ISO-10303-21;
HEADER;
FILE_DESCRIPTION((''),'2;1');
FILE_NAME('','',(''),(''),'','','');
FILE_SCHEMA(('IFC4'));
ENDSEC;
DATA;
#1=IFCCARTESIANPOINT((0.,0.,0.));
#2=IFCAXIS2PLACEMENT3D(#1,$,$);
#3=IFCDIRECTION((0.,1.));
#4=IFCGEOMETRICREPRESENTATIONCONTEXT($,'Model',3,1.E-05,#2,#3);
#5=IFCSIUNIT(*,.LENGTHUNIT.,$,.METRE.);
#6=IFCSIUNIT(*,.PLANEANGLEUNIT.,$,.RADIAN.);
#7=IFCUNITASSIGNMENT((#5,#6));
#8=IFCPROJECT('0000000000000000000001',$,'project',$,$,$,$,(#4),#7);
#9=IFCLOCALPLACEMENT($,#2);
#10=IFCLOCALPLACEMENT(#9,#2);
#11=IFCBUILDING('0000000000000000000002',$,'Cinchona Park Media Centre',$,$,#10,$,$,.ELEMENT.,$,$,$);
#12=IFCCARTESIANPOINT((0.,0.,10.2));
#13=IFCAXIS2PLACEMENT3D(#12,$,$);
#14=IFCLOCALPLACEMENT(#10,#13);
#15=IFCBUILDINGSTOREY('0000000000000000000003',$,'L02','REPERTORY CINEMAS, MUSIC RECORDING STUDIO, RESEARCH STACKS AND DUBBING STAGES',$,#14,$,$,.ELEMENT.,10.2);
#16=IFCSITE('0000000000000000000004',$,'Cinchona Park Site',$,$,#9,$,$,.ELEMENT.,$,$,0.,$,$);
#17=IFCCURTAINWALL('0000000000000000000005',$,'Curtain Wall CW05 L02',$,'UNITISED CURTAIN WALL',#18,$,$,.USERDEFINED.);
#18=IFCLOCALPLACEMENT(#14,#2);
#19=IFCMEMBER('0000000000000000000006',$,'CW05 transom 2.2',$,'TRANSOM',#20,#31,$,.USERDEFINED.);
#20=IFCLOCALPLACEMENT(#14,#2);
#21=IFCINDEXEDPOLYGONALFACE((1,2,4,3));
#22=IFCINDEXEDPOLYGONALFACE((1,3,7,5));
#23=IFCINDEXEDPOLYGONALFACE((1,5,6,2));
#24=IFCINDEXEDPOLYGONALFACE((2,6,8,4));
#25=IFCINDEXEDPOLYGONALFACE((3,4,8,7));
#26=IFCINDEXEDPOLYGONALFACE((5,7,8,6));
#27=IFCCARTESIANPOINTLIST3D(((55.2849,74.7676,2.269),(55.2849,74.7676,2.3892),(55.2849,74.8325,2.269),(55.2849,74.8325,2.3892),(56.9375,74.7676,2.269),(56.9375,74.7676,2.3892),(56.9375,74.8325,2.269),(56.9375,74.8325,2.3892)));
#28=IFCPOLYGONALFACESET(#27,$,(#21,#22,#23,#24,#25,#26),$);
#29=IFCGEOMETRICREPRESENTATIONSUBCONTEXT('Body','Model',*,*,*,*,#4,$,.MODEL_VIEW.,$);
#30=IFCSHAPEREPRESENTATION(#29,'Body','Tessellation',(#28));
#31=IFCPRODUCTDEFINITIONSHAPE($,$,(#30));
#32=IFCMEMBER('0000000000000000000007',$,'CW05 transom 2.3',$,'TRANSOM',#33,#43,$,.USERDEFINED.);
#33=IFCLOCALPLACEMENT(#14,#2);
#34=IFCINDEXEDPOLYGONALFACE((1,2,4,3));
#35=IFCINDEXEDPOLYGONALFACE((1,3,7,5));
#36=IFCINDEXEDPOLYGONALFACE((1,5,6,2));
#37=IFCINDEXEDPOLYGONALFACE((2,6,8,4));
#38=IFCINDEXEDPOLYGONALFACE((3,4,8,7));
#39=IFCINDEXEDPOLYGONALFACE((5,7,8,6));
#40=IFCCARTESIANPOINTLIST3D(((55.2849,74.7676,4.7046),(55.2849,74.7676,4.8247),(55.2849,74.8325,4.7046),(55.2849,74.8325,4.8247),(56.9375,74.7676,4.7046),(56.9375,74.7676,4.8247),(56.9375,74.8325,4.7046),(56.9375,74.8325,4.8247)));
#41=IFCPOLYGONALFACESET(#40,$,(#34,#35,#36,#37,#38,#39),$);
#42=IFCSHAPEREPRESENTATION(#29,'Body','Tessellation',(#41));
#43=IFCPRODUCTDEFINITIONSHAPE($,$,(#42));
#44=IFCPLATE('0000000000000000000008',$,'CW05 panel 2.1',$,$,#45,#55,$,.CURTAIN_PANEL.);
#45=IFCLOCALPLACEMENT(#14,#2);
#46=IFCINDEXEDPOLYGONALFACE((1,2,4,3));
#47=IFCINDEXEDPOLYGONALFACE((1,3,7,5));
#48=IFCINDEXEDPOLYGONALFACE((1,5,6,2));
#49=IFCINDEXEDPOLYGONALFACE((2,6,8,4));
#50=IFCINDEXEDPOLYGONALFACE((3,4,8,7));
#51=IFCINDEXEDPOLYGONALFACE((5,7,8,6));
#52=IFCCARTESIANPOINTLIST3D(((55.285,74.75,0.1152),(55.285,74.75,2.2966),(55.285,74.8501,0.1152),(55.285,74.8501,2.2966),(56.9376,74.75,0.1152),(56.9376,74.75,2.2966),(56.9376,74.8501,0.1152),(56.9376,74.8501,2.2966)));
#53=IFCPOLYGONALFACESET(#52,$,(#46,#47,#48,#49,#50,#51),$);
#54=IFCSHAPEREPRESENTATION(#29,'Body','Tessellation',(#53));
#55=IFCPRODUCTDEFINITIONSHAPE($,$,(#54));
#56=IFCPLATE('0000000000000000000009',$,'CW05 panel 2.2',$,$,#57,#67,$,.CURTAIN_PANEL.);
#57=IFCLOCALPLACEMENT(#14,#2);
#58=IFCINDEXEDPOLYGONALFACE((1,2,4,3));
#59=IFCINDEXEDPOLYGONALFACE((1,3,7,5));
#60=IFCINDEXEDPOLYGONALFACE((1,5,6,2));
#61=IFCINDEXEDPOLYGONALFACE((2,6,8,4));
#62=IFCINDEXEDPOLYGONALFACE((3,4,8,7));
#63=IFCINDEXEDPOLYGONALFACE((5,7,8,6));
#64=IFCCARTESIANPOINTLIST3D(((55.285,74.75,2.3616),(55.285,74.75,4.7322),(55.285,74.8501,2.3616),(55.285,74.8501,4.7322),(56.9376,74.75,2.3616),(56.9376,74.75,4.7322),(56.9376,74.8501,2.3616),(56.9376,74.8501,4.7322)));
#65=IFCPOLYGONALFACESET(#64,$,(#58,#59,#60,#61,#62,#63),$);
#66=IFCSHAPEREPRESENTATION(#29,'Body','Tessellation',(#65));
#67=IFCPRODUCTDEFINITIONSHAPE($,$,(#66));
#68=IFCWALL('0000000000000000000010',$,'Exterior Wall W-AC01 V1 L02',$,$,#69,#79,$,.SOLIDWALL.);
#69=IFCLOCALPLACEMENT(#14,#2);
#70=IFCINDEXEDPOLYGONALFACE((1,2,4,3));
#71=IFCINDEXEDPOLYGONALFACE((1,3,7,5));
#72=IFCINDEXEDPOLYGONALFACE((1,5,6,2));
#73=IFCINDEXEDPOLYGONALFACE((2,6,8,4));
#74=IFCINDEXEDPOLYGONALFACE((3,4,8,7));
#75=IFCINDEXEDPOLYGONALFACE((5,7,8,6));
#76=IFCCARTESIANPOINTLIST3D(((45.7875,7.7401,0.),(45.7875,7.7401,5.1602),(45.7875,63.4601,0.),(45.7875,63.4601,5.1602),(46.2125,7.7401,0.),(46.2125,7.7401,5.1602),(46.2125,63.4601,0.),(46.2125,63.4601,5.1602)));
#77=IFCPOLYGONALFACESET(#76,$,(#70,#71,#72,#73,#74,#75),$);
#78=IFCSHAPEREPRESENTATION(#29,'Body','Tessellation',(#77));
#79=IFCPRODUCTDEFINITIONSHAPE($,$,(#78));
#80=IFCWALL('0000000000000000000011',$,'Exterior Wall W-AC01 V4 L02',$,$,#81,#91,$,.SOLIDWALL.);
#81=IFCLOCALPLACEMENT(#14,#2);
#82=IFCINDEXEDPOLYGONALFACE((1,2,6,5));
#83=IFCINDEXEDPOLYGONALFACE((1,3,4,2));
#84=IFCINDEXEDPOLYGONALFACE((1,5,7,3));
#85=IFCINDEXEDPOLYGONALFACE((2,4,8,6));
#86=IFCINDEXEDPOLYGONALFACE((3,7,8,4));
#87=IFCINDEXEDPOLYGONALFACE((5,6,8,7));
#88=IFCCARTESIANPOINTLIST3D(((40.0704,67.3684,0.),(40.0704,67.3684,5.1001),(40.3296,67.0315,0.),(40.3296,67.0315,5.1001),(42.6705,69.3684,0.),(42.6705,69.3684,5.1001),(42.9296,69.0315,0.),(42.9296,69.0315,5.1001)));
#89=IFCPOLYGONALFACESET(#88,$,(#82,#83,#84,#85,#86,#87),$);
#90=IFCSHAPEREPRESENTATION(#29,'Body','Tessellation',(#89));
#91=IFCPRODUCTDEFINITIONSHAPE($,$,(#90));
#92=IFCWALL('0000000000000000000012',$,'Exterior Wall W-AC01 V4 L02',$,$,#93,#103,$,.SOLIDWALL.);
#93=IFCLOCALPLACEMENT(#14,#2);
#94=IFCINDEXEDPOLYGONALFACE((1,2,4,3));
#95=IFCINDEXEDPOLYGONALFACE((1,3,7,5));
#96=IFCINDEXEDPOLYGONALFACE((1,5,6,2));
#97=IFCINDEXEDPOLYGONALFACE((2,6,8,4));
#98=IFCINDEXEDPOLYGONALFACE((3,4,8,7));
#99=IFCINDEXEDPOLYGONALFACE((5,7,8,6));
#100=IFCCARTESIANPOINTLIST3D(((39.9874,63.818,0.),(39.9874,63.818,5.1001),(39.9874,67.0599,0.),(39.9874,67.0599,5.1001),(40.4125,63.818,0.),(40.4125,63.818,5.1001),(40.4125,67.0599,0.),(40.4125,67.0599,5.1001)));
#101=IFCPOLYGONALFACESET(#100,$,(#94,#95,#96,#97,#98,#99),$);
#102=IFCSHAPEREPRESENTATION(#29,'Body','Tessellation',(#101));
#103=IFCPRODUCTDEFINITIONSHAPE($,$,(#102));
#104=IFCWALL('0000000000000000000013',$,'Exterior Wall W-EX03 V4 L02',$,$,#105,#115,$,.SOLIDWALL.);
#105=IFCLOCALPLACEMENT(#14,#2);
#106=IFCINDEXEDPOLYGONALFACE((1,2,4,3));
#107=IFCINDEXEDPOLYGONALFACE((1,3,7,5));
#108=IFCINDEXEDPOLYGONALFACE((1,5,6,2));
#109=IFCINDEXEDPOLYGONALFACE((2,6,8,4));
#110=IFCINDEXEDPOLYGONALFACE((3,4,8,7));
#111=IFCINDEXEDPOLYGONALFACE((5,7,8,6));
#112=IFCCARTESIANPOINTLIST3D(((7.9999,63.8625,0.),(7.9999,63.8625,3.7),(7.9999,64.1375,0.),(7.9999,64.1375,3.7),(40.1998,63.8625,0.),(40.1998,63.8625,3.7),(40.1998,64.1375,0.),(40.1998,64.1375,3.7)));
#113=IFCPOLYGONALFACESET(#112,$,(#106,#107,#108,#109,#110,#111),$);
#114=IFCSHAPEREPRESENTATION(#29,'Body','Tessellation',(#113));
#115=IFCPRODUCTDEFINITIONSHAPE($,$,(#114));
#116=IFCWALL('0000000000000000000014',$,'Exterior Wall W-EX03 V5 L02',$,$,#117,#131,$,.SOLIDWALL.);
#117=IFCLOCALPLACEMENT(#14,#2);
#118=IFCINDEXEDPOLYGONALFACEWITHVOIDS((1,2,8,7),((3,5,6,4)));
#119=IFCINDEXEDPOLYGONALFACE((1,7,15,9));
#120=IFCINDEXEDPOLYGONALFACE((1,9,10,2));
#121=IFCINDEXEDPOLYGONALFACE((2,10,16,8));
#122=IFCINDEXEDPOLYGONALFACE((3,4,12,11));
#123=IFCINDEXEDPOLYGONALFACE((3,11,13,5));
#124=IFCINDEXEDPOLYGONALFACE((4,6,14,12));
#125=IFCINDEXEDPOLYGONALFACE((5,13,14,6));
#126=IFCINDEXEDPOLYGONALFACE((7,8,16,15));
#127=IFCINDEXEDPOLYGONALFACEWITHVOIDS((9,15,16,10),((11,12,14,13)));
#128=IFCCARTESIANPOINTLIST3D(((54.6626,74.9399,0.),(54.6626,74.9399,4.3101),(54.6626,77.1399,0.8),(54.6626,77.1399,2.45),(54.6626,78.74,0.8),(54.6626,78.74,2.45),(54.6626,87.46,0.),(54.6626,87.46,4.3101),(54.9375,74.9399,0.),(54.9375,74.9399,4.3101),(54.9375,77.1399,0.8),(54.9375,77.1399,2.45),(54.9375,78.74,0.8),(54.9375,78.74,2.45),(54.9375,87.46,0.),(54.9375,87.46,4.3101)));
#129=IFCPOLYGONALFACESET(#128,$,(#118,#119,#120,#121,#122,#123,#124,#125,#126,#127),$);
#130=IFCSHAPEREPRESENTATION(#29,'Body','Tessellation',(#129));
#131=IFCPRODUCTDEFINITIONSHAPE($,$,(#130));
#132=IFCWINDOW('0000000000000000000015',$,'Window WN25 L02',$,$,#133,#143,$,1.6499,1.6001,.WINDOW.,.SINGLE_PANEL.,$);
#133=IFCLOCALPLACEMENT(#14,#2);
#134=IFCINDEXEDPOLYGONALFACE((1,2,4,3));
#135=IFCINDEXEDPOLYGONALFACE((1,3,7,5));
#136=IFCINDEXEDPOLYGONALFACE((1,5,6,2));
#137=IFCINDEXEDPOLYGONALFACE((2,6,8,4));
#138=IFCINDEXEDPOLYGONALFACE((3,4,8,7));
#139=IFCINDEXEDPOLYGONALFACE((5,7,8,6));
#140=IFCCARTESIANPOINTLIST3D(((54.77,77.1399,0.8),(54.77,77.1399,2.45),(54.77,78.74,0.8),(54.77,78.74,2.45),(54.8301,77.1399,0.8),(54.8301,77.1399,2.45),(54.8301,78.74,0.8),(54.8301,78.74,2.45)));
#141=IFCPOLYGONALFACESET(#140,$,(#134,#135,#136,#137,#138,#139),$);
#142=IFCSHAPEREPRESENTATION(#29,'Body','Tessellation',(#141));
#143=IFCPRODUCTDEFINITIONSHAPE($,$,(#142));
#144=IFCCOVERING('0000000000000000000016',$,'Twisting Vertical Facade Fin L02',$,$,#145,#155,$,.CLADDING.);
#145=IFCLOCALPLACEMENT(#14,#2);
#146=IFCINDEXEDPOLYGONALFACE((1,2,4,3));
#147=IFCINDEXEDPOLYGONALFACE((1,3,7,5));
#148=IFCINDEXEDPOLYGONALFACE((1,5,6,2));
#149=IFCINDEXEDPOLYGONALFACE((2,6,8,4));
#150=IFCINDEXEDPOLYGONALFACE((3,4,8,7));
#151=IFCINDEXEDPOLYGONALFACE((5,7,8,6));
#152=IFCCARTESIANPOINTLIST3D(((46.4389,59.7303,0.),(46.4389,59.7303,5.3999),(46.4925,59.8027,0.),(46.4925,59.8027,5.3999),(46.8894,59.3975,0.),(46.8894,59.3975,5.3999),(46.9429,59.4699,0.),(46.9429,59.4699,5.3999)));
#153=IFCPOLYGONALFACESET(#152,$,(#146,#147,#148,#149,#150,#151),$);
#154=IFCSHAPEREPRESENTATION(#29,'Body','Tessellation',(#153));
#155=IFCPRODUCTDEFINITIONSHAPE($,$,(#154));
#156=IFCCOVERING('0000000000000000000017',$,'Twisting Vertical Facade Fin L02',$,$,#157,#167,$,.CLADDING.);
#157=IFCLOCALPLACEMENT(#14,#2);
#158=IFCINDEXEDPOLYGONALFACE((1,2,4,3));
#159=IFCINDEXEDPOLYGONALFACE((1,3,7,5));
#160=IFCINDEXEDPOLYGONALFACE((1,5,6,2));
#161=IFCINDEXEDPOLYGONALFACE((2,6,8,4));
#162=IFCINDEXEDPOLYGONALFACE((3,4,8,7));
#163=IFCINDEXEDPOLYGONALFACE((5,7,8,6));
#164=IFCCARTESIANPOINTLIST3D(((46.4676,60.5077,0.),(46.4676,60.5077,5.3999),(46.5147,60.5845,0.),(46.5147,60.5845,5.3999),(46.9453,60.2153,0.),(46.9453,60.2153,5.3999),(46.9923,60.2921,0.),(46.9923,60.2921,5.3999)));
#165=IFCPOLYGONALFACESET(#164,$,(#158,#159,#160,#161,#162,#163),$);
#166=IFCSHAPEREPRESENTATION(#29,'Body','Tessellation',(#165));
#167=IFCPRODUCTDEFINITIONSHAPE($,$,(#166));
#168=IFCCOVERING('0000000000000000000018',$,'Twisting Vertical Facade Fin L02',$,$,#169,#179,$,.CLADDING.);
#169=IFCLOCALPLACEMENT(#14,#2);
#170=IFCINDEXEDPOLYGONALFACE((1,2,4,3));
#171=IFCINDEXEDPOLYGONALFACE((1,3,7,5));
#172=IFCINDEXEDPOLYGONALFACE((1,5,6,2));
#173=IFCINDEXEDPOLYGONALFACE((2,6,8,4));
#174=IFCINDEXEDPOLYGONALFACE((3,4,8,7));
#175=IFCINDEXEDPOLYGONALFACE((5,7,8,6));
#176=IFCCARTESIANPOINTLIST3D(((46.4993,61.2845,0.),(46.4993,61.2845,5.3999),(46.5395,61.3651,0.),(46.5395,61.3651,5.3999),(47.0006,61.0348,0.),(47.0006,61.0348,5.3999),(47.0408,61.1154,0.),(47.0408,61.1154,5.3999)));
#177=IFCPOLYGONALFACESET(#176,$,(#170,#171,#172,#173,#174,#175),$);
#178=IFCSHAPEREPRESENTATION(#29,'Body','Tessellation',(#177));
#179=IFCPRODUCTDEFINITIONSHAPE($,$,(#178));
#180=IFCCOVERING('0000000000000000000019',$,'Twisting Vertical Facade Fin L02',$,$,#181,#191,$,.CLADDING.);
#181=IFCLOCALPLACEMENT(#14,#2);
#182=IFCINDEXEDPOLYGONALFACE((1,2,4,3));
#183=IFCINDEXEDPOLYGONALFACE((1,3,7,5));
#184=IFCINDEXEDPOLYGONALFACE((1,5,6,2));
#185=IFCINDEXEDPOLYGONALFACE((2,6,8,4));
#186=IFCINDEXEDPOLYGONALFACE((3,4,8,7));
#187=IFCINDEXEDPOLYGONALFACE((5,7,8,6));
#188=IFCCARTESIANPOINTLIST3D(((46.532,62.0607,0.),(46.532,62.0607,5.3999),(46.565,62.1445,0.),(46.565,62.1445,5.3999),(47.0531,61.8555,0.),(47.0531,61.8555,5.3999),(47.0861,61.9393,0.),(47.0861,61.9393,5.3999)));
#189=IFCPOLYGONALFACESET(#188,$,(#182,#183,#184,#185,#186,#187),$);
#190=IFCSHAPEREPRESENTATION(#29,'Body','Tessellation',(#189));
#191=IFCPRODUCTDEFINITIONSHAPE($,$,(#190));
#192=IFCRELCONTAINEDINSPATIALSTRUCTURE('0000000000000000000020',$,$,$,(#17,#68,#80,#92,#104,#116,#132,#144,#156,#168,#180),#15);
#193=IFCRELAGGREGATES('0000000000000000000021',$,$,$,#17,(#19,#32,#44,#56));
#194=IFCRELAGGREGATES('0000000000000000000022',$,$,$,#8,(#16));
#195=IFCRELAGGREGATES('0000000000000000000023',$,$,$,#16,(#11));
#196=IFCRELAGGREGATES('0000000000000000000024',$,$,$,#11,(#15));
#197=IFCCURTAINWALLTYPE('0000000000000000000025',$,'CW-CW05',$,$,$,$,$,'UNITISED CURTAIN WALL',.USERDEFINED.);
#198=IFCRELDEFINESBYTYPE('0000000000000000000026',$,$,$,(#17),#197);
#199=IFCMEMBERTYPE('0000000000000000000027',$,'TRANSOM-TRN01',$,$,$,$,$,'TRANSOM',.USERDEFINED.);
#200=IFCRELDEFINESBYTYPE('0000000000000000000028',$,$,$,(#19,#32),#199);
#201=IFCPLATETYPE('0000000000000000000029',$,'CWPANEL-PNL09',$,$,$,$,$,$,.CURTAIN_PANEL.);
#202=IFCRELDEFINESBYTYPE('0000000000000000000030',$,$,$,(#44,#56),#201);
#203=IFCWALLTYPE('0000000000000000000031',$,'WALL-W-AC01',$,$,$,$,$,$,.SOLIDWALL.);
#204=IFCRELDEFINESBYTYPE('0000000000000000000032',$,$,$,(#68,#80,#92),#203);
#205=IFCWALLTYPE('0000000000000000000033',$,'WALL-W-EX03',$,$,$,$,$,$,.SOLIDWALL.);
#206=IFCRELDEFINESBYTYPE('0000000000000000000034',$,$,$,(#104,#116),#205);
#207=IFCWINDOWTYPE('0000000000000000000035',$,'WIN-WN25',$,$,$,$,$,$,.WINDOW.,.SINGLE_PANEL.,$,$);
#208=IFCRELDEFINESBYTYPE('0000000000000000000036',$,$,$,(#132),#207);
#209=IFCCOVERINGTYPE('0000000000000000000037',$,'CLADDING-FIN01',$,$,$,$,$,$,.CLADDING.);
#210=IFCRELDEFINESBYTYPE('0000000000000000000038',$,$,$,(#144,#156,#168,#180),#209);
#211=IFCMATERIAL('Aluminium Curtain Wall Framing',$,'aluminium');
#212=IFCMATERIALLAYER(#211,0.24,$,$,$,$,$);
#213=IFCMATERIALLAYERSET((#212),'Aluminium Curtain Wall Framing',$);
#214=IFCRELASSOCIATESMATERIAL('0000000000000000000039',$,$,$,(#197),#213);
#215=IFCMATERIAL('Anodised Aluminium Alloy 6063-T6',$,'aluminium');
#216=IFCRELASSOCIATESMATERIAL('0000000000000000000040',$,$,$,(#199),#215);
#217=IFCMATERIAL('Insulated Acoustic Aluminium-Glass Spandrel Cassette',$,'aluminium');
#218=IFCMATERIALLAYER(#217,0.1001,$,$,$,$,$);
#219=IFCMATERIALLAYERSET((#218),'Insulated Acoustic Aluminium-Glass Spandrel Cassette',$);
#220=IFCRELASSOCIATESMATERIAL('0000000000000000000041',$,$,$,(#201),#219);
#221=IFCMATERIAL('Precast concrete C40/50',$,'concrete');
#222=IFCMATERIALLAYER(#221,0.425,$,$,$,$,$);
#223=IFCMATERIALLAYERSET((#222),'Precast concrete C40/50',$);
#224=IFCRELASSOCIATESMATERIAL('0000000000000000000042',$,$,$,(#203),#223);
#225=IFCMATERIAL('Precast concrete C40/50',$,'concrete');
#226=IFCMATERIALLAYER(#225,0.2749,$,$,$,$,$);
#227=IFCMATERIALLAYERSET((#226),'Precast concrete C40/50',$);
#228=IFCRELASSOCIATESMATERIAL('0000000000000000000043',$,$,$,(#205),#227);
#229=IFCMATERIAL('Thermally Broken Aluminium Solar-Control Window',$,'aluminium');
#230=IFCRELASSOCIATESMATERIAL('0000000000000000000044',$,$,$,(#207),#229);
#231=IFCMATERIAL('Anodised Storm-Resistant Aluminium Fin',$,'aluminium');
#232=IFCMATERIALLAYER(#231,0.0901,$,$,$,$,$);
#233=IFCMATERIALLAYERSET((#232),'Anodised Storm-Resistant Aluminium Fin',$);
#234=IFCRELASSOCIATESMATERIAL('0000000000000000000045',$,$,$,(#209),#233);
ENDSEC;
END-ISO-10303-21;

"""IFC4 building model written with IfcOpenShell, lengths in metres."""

from ifc_helpers import new_model, si_unit, direction, frame, frame_2d, origin, origin_2d, place, context, subcontext, project, spatial, rectangle, extrude, material, layer, layer_set, material_profile, profile_set, type_object, element, fill, aggregate, save


model = new_model("IFC4")

# Units and contexts
model_context = context("Model", 3, precision=1e-05, world=origin(), true_north=direction((0.0, 1.0)))
body_context = subcontext(model_context, "Body", "Model", "MODEL_VIEW")
ifc_project = project(units=[si_unit("LENGTHUNIT", "METRE"), si_unit("PLANEANGLEUNIT", "RADIAN")], contexts=[model_context])

# Site, building, storey
site_placement = place(None, origin())
site = spatial("IfcSite", under=ifc_project, at=site_placement, Name="Cinchona Park Site", CompositionType="ELEMENT", RefElevation=0.0)
building_placement = place(site_placement, origin())
building = spatial("IfcBuilding", under=site, at=building_placement, Name="Cinchona Park Media Centre", CompositionType="ELEMENT")
storey_placement = place(building_placement, frame((0.0, 0.0, 10.2)))
storey = spatial("IfcBuildingStorey", under=building, at=storey_placement, Name="L02", Description="REPERTORY CINEMAS, MUSIC RECORDING STUDIO, RESEARCH STACKS AND DUBBING STAGES", CompositionType="ELEMENT", Elevation=10.2)

# Curtain wall, members, plates
ifc_material_1 = material(Name="Aluminium Curtain Wall Framing", Category="aluminium")
ifc_layer_1 = layer(ifc_material_1, 0.24)
ifc_layer_set_1 = layer_set([ifc_layer_1], Name="Aluminium Curtain Wall Framing")
curtain_wall_type = type_object("IfcCurtainWallType", Name="CW-CW05", ElementType="UNITISED CURTAIN WALL", PredefinedType="USERDEFINED", material=ifc_layer_set_1)
curtain_wall_placement = place(storey_placement, origin())
curtain_wall = element("IfcCurtainWall", 1, at=curtain_wall_placement, inside=storey, type_object=curtain_wall_type, Name="Curtain Wall CW05 L02", ObjectType="UNITISED CURTAIN WALL", PredefinedType="USERDEFINED")
ifc_material_2 = material(Name="Anodised Aluminium Alloy 6063-T6", Category="aluminium")
ifc_material_profile_1 = material_profile(ifc_material_2, rectangle(XDim=0.0649, YDim=0.1201, at=origin_2d()), Name="TRN-65X120")
ifc_profile_set_1 = profile_set([ifc_material_profile_1], Name="Anodised Aluminium Alloy 6063-T6")
member_type_1 = type_object("IfcMemberType", Name="TRANSOM-TRN01", ElementType="TRANSOM", PredefinedType="USERDEFINED", material=ifc_profile_set_1)
member_1_placement = place(storey_placement, frame((56.9375, 74.8, 2.3291), z_axis=(-1.0, 0.0, 0.0), x_axis=(0.0, -1.0, 0.0)))
member_1 = element("IfcMember", 2, at=member_1_placement, type_object=member_type_1, Name="CW05 transom 2.2", ObjectType="TRANSOM", PredefinedType="USERDEFINED", context=body_context, shape_type="SweptSolid", body=[
    extrude(rectangle(XDim=0.0649, YDim=0.1201, at=origin_2d()), origin(), (0.0, 0.0, 1.0), 1.6526),
])
member_2_placement = place(storey_placement, frame((56.9375, 74.8, 4.7646), z_axis=(-1.0, 0.0, 0.0), x_axis=(0.0, -1.0, 0.0)))
member_2 = element("IfcMember", 3, at=member_2_placement, type_object=member_type_1, Name="CW05 transom 2.3", ObjectType="TRANSOM", PredefinedType="USERDEFINED", context=body_context, shape_type="SweptSolid", body=[
    extrude(rectangle(XDim=0.0649, YDim=0.1201, at=origin_2d()), origin(), (0.0, 0.0, 1.0), 1.6526),
])
ifc_material_3 = material(Name="Insulated Acoustic Aluminium-Glass Spandrel Cassette", Category="aluminium")
ifc_layer_2 = layer(ifc_material_3, 0.1001)
ifc_layer_set_2 = layer_set([ifc_layer_2], Name="Insulated Acoustic Aluminium-Glass Spandrel Cassette")
plate_type = type_object("IfcPlateType", Name="CWPANEL-PNL09", PredefinedType="CURTAIN_PANEL", material=ifc_layer_set_2)
plate_1_placement = place(storey_placement, frame((56.1113, 74.8, 0.1152), z_axis=(0.0, 0.0, 1.0), x_axis=(-1.0, 0.0, 0.0)))
plate_1 = element("IfcPlate", 4, at=plate_1_placement, type_object=plate_type, Name="CW05 panel 2.1", PredefinedType="CURTAIN_PANEL", context=body_context, shape_type="SweptSolid", body=[
    extrude(rectangle(XDim=1.6526, YDim=0.1001, at=origin_2d()), origin(), (0.0, 0.0, 1.0), 2.1814),
])
plate_2_placement = place(storey_placement, frame((56.1113, 74.8, 2.3616), z_axis=(0.0, 0.0, 1.0), x_axis=(-1.0, 0.0, 0.0)))
plate_2 = element("IfcPlate", 5, at=plate_2_placement, type_object=plate_type, Name="CW05 panel 2.2", PredefinedType="CURTAIN_PANEL", context=body_context, shape_type="SweptSolid", body=[
    extrude(rectangle(XDim=1.6526, YDim=0.1001, at=origin_2d()), origin(), (0.0, 0.0, 1.0), 2.3706),
])
aggregate(curtain_wall, [member_1, member_2, plate_1, plate_2])

# Walls
ifc_material_4 = material(Name="Precast concrete C40/50", Category="concrete")
ifc_layer_3 = layer(ifc_material_4, 0.425)
ifc_layer_set_3 = layer_set([ifc_layer_3], Name="Precast concrete C40/50")
wall_type_1 = type_object("IfcWallType", Name="WALL-W-AC01", PredefinedType="SOLIDWALL", material=ifc_layer_set_3)
wall_1_placement = place(storey_placement, frame((46.0, 63.46, 0.0), z_axis=(0.0, 0.0, 1.0), x_axis=(0.0, -1.0, 0.0)))
element("IfcWall", 6, at=wall_1_placement, inside=storey, type_object=wall_type_1, Name="Exterior Wall W-AC01 V1 L02", PredefinedType="SOLIDWALL", context=body_context, shape_type="SweptSolid", body=[
    extrude(rectangle(XDim=55.72, YDim=0.425, at=frame_2d((27.8599, 0.0))), origin(), (0.0, 0.0, 1.0), 5.1602),
])
wall_2_placement = place(storey_placement, frame((42.8, 69.2, 0.0), z_axis=(0.0, 0.0, 1.0), x_axis=(-0.792635, -0.609696, 0.0)))
element("IfcWall", 7, at=wall_2_placement, inside=storey, type_object=wall_type_1, Name="Exterior Wall W-AC01 V4 L02", PredefinedType="SOLIDWALL", context=body_context, shape_type="SweptSolid", body=[
    extrude(rectangle(XDim=3.2803, YDim=0.425, at=frame_2d((1.6401, 0.0))), origin(), (0.0, 0.0, 1.0), 5.1001),
])
wall_3_placement = place(storey_placement, frame((40.2, 67.0601, 0.0), z_axis=(0.0, 0.0, 1.0), x_axis=(0.0, -1.0, 0.0)))
element("IfcWall", 8, at=wall_3_placement, inside=storey, type_object=wall_type_1, Name="Exterior Wall W-AC01 V4 L02", PredefinedType="SOLIDWALL", context=body_context, shape_type="SweptSolid", body=[
    extrude(rectangle(XDim=3.2419, YDim=0.425, at=frame_2d((1.6211, 0.0))), origin(), (0.0, 0.0, 1.0), 5.1001),
])
ifc_material_5 = material(Name="Precast concrete C40/50", Category="concrete")
ifc_layer_4 = layer(ifc_material_5, 0.2749)
ifc_layer_set_4 = layer_set([ifc_layer_4], Name="Precast concrete C40/50")
wall_type_2 = type_object("IfcWallType", Name="WALL-W-EX03", PredefinedType="SOLIDWALL", material=ifc_layer_set_4)
wall_4_placement = place(storey_placement, frame((40.2, 64.0, 0.0), z_axis=(0.0, 0.0, 1.0), x_axis=(-1.0, 0.0, 0.0)))
element("IfcWall", 9, at=wall_4_placement, inside=storey, type_object=wall_type_2, Name="Exterior Wall W-EX03 V4 L02", PredefinedType="SOLIDWALL", context=body_context, shape_type="SweptSolid", body=[
    extrude(rectangle(XDim=32.2, YDim=0.2749, at=frame_2d((16.1001, 0.0))), origin(), (0.0, 0.0, 1.0), 3.7),
])

# Wall, opening, window
wall_5_placement = place(storey_placement, frame((54.8, 74.9399, 0.0), z_axis=(0.0, 0.0, 1.0), x_axis=(0.0, 1.0, 0.0)))
wall_5 = element("IfcWall", 10, at=wall_5_placement, inside=storey, type_object=wall_type_2, Name="Exterior Wall W-EX03 V5 L02", PredefinedType="SOLIDWALL", context=body_context, shape_type="SweptSolid", body=[
    extrude(rectangle(XDim=12.52, YDim=0.2749, at=frame_2d((6.26, 0.0))), origin(), (0.0, 0.0, 1.0), 4.3101),
])
opening_placement = place(wall_5_placement, frame((2.2, 0.0, 0.8)))
opening = element("IfcOpeningElement", 11, at=opening_placement, cuts=wall_5, PredefinedType="OPENING", context=body_context, shape_type="SweptSolid", body=[
    extrude(rectangle(XDim=1.6001, YDim=1.6499, at=frame_2d((0.8, 0.825))), frame((0.0, 0.1475, 0.0), z_axis=(0.0, -1.0, 0.0), x_axis=(1.0, 0.0, 0.0)), (0.0, 0.0, 1.0), 0.2949),
])
ifc_material_6 = material(Name="Thermally Broken Aluminium Solar-Control Window", Category="aluminium")
window_type = type_object("IfcWindowType", Name="WIN-WN25", PartitioningType="SINGLE_PANEL", PredefinedType="WINDOW", material=ifc_material_6)
window_placement = place(opening_placement, origin())
window = element("IfcWindow", 12, at=window_placement, inside=storey, type_object=window_type, Name="Window WN25 L02", OverallHeight=1.6499, OverallWidth=1.6001, PartitioningType="SINGLE_PANEL", PredefinedType="WINDOW", context=body_context, shape_type="SweptSolid", body=[
    extrude(rectangle(XDim=1.6001, YDim=1.6499, at=frame_2d((0.8, 0.825))), frame((0.0, 0.03, 0.0), z_axis=(0.0, -1.0, 0.0), x_axis=(1.0, 0.0, 0.0)), (0.0, 0.0, 1.0), 0.0601),
])
fill(opening, window)

# Coverings
ifc_material_7 = material(Name="Anodised Storm-Resistant Aluminium Fin", Category="aluminium")
ifc_layer_5 = layer(ifc_material_7, 0.0901)
ifc_layer_set_5 = layer_set([ifc_layer_5], Name="Anodised Storm-Resistant Aluminium Fin")
covering_type = type_object("IfcCoveringType", Name="CLADDING-FIN01", PredefinedType="CLADDING", material=ifc_layer_set_5)
for number, where, z_axis, x_axis, name in (
    (13, (46.6909, 59.6001, 0.0), (0.0, 0.0, 1.0), (-0.804272, 0.594261, 0.0), "Twisting Vertical Facade Fin L02"),
    (14, (46.73, 60.3999, 0.0), (0.0, 0.0, 1.0), (-0.852914, 0.522052, 0.0), "Twisting Vertical Facade Fin L02"),
    (15, (46.77, 61.2, 0.0), (0.0, 0.0, 1.0), (-0.89509, 0.445885, 0.0), "Twisting Vertical Facade Fin L02"),
    (16, (46.8091, 62.0, 0.0), (0.0, 0.0, 1.0), (-0.930482, 0.366339, 0.0), "Twisting Vertical Facade Fin L02"),
):
    element("IfcCovering", number, at=place(storey_placement, frame(where, z_axis=z_axis, x_axis=x_axis)), inside=storey, type_object=covering_type, Name=name, PredefinedType="CLADDING", context=body_context, shape_type="SweptSolid", body=[
        extrude(rectangle(XDim=0.5601, YDim=0.0901, at=origin_2d()), origin(), (0.0, 0.0, 1.0), 5.3999),
    ])

save(model, "model.ifc")
